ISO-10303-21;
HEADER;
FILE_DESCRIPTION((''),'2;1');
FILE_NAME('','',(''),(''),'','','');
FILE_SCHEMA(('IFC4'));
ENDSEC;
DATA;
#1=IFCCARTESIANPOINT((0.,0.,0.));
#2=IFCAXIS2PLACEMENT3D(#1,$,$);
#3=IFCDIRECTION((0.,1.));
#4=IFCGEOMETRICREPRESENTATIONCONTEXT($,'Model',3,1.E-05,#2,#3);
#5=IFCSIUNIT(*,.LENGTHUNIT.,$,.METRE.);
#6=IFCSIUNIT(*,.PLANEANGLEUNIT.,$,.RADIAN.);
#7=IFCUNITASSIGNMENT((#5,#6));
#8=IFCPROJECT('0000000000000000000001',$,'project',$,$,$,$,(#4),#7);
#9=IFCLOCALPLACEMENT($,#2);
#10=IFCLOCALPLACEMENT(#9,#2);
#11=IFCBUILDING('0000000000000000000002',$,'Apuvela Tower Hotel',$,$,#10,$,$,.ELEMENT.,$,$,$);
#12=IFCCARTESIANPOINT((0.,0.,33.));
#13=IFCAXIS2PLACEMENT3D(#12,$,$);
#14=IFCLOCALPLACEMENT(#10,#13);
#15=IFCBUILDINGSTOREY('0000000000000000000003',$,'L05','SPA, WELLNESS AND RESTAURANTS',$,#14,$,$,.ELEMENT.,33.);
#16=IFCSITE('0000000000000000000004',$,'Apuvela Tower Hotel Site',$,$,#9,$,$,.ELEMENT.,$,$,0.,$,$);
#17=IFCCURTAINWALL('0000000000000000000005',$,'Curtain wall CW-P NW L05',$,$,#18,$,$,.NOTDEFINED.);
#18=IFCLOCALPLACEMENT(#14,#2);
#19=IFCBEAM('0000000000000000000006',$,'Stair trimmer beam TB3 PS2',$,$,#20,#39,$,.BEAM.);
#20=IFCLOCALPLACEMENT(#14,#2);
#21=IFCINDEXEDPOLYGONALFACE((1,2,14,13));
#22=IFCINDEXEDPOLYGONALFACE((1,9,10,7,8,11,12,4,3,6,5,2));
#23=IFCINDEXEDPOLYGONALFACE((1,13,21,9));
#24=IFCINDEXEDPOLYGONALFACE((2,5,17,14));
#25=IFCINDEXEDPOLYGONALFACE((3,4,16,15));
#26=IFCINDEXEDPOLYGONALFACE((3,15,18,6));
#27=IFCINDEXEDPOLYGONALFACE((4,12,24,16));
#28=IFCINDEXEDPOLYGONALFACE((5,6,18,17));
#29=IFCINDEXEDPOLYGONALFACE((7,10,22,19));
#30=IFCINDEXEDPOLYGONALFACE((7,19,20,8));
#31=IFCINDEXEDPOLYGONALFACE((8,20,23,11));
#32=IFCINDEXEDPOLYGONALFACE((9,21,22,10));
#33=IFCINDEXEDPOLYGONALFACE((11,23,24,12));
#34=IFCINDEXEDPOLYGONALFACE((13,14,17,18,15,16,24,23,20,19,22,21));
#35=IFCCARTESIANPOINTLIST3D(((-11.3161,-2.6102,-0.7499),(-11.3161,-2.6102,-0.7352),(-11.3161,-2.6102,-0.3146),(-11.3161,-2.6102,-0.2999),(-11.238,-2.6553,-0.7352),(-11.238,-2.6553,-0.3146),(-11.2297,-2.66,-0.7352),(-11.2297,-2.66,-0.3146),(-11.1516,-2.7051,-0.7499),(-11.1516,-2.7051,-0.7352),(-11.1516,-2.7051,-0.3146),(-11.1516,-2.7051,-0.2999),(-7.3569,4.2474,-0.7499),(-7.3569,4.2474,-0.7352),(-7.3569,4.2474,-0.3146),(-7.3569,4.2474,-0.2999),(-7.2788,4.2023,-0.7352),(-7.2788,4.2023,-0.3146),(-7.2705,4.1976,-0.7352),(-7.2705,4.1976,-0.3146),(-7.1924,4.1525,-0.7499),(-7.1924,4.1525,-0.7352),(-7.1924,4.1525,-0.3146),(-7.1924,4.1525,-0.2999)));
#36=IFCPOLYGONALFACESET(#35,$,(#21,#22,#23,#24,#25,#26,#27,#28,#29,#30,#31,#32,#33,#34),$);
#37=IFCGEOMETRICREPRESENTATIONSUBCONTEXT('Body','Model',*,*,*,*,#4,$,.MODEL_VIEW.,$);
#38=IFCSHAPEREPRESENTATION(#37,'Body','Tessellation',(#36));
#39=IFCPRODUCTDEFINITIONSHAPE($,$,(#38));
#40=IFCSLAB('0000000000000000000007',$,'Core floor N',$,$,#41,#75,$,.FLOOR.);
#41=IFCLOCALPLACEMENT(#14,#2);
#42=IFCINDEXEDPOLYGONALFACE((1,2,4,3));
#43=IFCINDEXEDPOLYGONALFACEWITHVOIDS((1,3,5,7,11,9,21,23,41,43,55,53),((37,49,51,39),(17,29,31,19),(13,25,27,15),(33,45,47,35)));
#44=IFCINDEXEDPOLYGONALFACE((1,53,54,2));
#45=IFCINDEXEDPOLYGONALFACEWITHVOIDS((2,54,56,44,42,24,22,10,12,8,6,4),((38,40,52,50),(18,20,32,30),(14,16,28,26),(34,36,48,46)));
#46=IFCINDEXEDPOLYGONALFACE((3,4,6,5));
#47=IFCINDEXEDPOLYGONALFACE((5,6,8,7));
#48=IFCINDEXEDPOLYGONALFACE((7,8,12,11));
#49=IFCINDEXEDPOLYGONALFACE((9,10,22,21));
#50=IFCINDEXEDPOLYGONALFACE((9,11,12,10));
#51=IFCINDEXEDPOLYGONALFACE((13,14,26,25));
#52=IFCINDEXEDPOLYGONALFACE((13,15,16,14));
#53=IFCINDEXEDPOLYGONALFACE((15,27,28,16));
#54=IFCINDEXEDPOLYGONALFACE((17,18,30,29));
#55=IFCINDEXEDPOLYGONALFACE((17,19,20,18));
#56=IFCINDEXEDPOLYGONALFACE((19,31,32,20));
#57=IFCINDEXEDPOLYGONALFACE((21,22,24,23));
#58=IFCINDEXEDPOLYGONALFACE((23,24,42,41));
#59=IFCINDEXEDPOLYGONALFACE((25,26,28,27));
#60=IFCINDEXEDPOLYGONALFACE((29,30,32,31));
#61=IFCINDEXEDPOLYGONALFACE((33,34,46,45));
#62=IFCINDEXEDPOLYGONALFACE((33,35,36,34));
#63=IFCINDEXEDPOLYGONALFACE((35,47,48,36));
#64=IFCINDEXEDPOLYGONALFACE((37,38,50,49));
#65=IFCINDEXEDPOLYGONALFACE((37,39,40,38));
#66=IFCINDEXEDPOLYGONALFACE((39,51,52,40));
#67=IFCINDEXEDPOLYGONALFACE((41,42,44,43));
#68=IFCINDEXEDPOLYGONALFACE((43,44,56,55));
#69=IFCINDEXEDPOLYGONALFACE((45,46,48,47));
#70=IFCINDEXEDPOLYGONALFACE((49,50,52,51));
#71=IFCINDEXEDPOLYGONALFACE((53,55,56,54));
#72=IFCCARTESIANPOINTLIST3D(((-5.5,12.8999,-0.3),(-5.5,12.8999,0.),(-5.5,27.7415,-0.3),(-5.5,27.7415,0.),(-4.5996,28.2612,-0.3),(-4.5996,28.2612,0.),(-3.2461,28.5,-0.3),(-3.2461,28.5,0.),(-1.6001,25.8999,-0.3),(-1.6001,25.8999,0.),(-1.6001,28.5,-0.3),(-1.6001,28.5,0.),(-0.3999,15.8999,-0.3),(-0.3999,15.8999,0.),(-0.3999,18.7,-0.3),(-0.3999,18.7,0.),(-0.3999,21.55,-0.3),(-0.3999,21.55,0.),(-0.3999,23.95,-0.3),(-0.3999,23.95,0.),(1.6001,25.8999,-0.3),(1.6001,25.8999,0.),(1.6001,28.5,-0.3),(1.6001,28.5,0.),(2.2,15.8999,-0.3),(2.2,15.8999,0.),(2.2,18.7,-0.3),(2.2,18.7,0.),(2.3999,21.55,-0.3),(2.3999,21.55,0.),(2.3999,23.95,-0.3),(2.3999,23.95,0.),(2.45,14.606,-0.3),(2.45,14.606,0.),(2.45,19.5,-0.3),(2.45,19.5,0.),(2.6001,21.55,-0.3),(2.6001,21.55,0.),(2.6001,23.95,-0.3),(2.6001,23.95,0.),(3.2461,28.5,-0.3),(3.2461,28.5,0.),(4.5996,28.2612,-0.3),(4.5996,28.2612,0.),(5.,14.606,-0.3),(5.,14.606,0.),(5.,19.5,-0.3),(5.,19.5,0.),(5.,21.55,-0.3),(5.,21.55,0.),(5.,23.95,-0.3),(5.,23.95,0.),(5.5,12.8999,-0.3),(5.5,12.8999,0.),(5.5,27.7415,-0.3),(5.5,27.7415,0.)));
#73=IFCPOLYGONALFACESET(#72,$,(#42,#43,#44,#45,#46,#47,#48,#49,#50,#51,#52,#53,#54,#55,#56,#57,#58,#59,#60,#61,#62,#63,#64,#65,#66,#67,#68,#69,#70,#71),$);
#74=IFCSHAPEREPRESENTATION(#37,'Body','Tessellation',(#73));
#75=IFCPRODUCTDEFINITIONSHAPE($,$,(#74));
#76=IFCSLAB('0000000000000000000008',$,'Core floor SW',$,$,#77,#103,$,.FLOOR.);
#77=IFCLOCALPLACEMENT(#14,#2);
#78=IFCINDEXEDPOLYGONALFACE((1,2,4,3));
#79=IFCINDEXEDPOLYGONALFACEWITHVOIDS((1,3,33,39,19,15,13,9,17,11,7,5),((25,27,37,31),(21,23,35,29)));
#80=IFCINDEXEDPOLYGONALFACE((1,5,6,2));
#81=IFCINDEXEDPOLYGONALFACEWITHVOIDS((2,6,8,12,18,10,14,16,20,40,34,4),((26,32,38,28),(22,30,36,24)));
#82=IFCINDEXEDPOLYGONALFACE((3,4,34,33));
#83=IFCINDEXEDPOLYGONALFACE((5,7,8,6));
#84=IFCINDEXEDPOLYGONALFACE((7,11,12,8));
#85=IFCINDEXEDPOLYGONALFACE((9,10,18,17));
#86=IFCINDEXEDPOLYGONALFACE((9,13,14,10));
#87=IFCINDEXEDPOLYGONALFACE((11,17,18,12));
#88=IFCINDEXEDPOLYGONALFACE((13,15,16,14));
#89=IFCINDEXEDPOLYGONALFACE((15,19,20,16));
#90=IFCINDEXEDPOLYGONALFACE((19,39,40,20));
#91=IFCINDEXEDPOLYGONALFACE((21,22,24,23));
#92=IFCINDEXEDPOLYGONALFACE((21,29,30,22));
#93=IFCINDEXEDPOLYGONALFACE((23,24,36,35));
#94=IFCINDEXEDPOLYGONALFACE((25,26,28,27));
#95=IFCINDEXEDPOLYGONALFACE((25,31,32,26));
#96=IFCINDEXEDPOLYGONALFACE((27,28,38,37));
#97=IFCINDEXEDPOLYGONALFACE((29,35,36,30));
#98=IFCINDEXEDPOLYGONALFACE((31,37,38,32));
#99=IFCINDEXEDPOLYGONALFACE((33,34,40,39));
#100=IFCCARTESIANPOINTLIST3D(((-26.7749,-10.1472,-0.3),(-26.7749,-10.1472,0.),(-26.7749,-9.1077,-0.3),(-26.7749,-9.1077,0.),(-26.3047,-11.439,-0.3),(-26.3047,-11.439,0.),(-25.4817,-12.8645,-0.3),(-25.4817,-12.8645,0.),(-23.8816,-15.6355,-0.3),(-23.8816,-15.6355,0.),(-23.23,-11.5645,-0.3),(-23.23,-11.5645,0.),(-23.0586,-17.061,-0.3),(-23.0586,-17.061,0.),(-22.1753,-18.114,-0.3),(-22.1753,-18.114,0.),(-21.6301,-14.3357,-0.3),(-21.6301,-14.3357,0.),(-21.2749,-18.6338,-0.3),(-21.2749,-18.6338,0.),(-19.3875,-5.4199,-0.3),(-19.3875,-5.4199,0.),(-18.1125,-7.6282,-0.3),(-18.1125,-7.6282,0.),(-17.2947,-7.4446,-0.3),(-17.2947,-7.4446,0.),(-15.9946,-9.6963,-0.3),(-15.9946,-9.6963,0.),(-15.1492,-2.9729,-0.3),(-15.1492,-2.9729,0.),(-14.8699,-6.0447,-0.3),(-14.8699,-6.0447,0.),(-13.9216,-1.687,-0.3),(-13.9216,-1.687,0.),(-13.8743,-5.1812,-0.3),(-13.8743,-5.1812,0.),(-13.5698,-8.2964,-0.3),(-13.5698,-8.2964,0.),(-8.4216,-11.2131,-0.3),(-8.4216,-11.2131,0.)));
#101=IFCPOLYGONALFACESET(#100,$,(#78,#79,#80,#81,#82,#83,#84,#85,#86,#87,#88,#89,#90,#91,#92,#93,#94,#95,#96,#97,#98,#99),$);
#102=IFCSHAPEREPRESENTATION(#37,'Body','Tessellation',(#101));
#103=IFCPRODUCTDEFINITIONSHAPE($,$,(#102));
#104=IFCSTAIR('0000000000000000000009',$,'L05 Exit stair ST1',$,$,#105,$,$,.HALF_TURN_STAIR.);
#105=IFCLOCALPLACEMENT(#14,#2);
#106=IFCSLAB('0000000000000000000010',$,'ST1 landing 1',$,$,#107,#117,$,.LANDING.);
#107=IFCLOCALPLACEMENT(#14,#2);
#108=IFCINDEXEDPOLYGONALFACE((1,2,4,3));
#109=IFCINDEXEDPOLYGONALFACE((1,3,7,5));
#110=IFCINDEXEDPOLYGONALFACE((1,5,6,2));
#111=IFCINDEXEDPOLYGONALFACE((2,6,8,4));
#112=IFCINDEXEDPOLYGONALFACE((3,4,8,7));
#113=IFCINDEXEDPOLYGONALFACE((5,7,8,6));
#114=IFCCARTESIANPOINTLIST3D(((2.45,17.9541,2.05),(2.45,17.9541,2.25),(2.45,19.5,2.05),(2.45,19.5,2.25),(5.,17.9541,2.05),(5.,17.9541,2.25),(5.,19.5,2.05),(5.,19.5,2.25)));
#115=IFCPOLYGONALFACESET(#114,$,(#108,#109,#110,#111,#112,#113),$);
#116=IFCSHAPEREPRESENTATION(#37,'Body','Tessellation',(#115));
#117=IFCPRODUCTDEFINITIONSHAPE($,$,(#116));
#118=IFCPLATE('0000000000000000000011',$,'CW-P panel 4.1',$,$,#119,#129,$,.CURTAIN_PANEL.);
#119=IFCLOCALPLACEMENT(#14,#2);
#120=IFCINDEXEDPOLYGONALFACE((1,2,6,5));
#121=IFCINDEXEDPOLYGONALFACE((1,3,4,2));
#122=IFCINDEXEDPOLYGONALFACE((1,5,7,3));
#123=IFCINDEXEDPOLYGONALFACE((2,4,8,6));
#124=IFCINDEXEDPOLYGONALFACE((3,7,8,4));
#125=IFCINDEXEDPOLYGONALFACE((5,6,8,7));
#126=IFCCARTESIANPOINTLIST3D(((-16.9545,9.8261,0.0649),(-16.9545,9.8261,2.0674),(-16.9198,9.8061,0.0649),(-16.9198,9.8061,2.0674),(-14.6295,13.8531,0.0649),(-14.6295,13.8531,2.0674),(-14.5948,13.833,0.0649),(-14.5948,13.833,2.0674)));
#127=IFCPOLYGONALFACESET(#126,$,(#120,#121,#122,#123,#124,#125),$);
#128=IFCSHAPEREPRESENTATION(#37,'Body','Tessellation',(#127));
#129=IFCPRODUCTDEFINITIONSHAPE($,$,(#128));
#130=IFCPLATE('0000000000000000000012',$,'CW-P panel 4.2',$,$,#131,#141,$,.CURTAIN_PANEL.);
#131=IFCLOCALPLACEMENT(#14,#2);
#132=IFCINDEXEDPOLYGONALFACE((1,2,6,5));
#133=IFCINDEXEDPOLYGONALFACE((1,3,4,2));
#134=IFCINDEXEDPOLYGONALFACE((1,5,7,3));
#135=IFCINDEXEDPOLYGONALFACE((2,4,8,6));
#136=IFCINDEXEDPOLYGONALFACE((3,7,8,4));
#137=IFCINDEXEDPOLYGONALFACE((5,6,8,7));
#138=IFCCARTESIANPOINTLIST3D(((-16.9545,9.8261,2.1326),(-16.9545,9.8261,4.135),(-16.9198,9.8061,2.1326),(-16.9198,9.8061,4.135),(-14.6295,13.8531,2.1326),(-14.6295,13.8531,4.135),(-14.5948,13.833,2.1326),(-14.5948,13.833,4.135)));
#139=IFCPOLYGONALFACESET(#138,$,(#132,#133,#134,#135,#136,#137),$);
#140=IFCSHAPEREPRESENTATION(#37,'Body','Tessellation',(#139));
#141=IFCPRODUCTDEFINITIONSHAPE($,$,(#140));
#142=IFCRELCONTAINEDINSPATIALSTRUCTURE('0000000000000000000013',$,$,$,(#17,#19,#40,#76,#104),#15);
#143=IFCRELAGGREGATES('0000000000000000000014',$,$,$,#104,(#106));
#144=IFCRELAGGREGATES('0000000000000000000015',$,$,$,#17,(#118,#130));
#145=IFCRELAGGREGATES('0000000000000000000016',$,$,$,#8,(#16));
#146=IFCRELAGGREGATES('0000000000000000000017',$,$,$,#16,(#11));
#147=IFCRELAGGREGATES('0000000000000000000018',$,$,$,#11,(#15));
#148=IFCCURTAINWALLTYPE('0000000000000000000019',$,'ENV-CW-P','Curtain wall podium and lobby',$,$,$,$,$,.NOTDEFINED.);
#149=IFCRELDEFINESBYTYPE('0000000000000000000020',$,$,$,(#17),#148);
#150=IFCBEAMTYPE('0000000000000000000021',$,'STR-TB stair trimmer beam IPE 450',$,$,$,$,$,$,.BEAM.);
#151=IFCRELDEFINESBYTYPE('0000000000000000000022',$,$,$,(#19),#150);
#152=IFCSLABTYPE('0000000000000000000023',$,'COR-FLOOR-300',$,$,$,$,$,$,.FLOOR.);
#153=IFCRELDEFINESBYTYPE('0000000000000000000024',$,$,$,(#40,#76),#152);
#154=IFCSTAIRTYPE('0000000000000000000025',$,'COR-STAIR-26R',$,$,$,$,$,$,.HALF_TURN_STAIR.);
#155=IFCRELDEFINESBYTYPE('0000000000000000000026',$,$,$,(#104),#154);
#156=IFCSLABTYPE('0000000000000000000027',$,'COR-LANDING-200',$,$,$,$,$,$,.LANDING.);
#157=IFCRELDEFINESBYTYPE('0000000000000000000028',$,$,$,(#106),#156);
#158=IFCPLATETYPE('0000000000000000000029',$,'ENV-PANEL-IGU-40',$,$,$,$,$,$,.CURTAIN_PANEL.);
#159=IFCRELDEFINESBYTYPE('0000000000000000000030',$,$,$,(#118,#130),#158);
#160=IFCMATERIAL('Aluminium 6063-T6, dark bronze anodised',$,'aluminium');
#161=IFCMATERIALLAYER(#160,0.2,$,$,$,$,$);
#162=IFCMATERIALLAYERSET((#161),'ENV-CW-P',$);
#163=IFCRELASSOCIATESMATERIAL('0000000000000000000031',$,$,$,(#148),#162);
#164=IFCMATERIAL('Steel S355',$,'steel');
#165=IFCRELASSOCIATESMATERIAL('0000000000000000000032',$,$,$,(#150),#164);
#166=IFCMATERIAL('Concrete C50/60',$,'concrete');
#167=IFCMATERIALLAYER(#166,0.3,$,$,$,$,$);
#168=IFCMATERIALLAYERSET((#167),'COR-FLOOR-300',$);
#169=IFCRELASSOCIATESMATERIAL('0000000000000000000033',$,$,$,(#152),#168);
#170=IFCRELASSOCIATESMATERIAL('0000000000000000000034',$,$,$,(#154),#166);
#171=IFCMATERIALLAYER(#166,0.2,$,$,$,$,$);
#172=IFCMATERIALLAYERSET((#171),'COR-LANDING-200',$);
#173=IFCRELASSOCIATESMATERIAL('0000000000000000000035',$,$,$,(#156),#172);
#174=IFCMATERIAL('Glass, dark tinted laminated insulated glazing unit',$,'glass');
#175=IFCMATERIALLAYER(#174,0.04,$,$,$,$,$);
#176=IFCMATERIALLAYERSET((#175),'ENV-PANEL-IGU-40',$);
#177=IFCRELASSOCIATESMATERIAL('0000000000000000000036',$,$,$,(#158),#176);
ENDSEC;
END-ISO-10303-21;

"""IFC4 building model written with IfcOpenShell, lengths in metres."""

from ifc_helpers import new_model, si_unit, direction, frame, origin, origin_2d, place, context, subcontext, project, spatial, polyline, rectangle, i_section, outline, extrude, material, layer, layer_set, material_profile, profile_set, type_object, element, aggregate, save


model = new_model("IFC4")

# Units and contexts
model_context = context("Model", 3, precision=1e-05, world=origin(), true_north=direction((0.0, 1.0)))
body_context = subcontext(model_context, "Body", "Model", "MODEL_VIEW")
ifc_project = project(units=[si_unit("LENGTHUNIT", "METRE"), si_unit("PLANEANGLEUNIT", "RADIAN")], contexts=[model_context])

# Site, building, storey
site_placement = place(None, origin())
site = spatial("IfcSite", under=ifc_project, at=site_placement, Name="Apuvela Tower Hotel Site", CompositionType="ELEMENT", RefElevation=0.0)
building_placement = place(site_placement, origin())
building = spatial("IfcBuilding", under=site, at=building_placement, Name="Apuvela Tower Hotel", CompositionType="ELEMENT")
storey_placement = place(building_placement, frame((0.0, 0.0, 33.0)))
storey = spatial("IfcBuildingStorey", under=building, at=storey_placement, Name="L05", Description="SPA, WELLNESS AND RESTAURANTS", CompositionType="ELEMENT", Elevation=33.0)

# Curtain wall
ifc_material_1 = material(Name="Aluminium 6063-T6, dark bronze anodised", Category="aluminium")
ifc_layer_1 = layer(ifc_material_1, 0.2)
ifc_layer_set_1 = layer_set([ifc_layer_1], Name="ENV-CW-P")
curtain_wall_type = type_object("IfcCurtainWallType", Name="ENV-CW-P", Description="Curtain wall podium and lobby", PredefinedType="NOTDEFINED", material=ifc_layer_set_1)
curtain_wall_placement = place(storey_placement, origin())
curtain_wall = element("IfcCurtainWall", 1, at=curtain_wall_placement, inside=storey, type_object=curtain_wall_type, Name="Curtain wall CW-P NW L05", PredefinedType="NOTDEFINED")

# Beam
ifc_material_2 = material(Name="Steel S355", Category="steel")
ifc_material_profile_1 = material_profile(ifc_material_2, i_section(OverallWidth=0.1899, OverallDepth=0.45, WebThickness=0.0095, FlangeThickness=0.0146, at=origin_2d()), Name="IPE 450")
ifc_profile_set_1 = profile_set([ifc_material_profile_1], Name="Steel S355")
beam_type_1 = type_object("IfcBeamType", Name="STR-TB stair trimmer beam IPE 450", PredefinedType="BEAM", material=ifc_profile_set_1)
beam_1_placement = place(storey_placement, frame((-7.2747, 4.2, -0.5249), z_axis=(-0.499996, -0.866028, 0.0), x_axis=(0.866028, -0.499996, 0.0)))
element("IfcBeam", 2, at=beam_1_placement, inside=storey, type_object=beam_type_1, Name="Stair trimmer beam TB3 PS2", PredefinedType="BEAM", context=body_context, shape_type="SweptSolid", body=[
    extrude(i_section(OverallWidth=0.1899, OverallDepth=0.45, WebThickness=0.0095, FlangeThickness=0.0146, at=origin_2d()), origin(), (0.0, 0.0, 1.0), 7.9185),
])

# Slabs
ifc_material_3 = material(Name="Concrete C50/60", Category="concrete")
ifc_layer_2 = layer(ifc_material_3, 0.3)
ifc_layer_set_2 = layer_set([ifc_layer_2], Name="COR-FLOOR-300")
slab_type_1 = type_object("IfcSlabType", Name="COR-FLOOR-300", PredefinedType="FLOOR", material=ifc_layer_set_2)
slab_1_placement = place(storey_placement, frame((0.0, 0.0, -0.3)))
element("IfcSlab", 3, at=slab_1_placement, inside=storey, type_object=slab_type_1, Name="Core floor N", PredefinedType="FLOOR", context=body_context, shape_type="SweptSolid", body=[
    extrude(outline(polyline([(5.5, 27.7415), (4.5996, 28.2612), (3.2461, 28.5), (1.6001, 28.5), (1.6001, 25.8999), (-1.6001, 25.8999), (-1.6001, 28.5), (-3.2461, 28.5), (-4.5996, 28.2612), (-5.5, 27.7415), (-5.5, 12.8999), (5.5, 12.8999), (5.5, 27.7415)]), holes=[polyline([(5.0, 14.606), (2.45, 14.606), (2.45, 19.5), (5.0, 19.5), (5.0, 14.606)]), polyline([(2.2, 15.8999), (-0.3999, 15.8999), (-0.3999, 18.7), (2.2, 18.7), (2.2, 15.8999)]), polyline([(5.0, 21.55), (2.6001, 21.55), (2.6001, 23.95), (5.0, 23.95), (5.0, 21.55)]), polyline([(2.3999, 21.55), (-0.3999, 21.55), (-0.3999, 23.95), (2.3999, 23.95), (2.3999, 21.55)])]), origin(), (0.0, 0.0, 1.0), 0.3),
])
slab_2_placement = place(storey_placement, frame((0.0, 0.0, -0.3)))
element("IfcSlab", 4, at=slab_2_placement, inside=storey, type_object=slab_type_1, Name="Core floor SW", PredefinedType="FLOOR", context=body_context, shape_type="SweptSolid", body=[
    extrude(outline(polyline([(-26.7749, -9.1077), (-26.7749, -10.1472), (-26.3047, -11.439), (-25.4817, -12.8645), (-23.23, -11.5645), (-21.6301, -14.3357), (-23.8816, -15.6355), (-23.0586, -17.061), (-22.1753, -18.114), (-21.2749, -18.6338), (-8.4216, -11.2131), (-13.9216, -1.687), (-26.7749, -9.1077)]), holes=[polyline([(-13.8743, -5.1812), (-18.1125, -7.6282), (-19.3875, -5.4199), (-15.1492, -2.9729), (-13.8743, -5.1812)]), polyline([(-13.5698, -8.2964), (-15.9946, -9.6963), (-17.2947, -7.4446), (-14.8699, -6.0447), (-13.5698, -8.2964)])]), origin(), (0.0, 0.0, 1.0), 0.3),
])

# Stair, slab
stair_type = type_object("IfcStairType", Name="COR-STAIR-26R", PredefinedType="HALF_TURN_STAIR", material=ifc_material_3)
stair_placement = place(storey_placement, origin())
stair = element("IfcStair", 5, at=stair_placement, inside=storey, type_object=stair_type, Name="L05 Exit stair ST1", PredefinedType="HALF_TURN_STAIR")
ifc_layer_3 = layer(ifc_material_3, 0.2)
ifc_layer_set_3 = layer_set([ifc_layer_3], Name="COR-LANDING-200")
slab_type_2 = type_object("IfcSlabType", Name="COR-LANDING-200", PredefinedType="LANDING", material=ifc_layer_set_3)
slab_3_placement = place(storey_placement, frame((0.0, 0.0, 2.05)))
slab_3 = element("IfcSlab", 6, at=slab_3_placement, type_object=slab_type_2, Name="ST1 landing 1", PredefinedType="LANDING", context=body_context, shape_type="SweptSolid", body=[
    extrude(outline(polyline([(5.0, 17.9541), (5.0, 19.5), (2.45, 19.5), (2.45, 17.9541), (5.0, 17.9541)])), origin(), (0.0, 0.0, 1.0), 0.2),
])
aggregate(stair, [slab_3])

# Plates
ifc_material_4 = material(Name="Glass, dark tinted laminated insulated glazing unit", Category="glass")
ifc_layer_4 = layer(ifc_material_4, 0.04)
ifc_layer_set_4 = layer_set([ifc_layer_4], Name="ENV-PANEL-IGU-40")
plate_type = type_object("IfcPlateType", Name="ENV-PANEL-IGU-40", PredefinedType="CURTAIN_PANEL", material=ifc_layer_set_4)
plate_1_placement = place(storey_placement, frame((-15.7747, 11.8296, 0.0649), z_axis=(0.0, 0.0, 1.0), x_axis=(-0.5, -0.866026, 0.0)))
plate_1 = element("IfcPlate", 7, at=plate_1_placement, type_object=plate_type, Name="CW-P panel 4.1", PredefinedType="CURTAIN_PANEL", context=body_context, shape_type="SweptSolid", body=[
    extrude(rectangle(XDim=4.6499, YDim=0.04, at=origin_2d()), origin(), (0.0, 0.0, 1.0), 2.0024),
])
plate_2_placement = place(storey_placement, frame((-15.7747, 11.8296, 2.1326), z_axis=(0.0, 0.0, 1.0), x_axis=(-0.5, -0.866026, 0.0)))
plate_2 = element("IfcPlate", 8, at=plate_2_placement, type_object=plate_type, Name="CW-P panel 4.2", PredefinedType="CURTAIN_PANEL", context=body_context, shape_type="SweptSolid", body=[
    extrude(rectangle(XDim=4.6499, YDim=0.04, at=origin_2d()), origin(), (0.0, 0.0, 1.0), 2.0024),
])
aggregate(curtain_wall, [plate_1, plate_2])

save(model, "model.ifc")
